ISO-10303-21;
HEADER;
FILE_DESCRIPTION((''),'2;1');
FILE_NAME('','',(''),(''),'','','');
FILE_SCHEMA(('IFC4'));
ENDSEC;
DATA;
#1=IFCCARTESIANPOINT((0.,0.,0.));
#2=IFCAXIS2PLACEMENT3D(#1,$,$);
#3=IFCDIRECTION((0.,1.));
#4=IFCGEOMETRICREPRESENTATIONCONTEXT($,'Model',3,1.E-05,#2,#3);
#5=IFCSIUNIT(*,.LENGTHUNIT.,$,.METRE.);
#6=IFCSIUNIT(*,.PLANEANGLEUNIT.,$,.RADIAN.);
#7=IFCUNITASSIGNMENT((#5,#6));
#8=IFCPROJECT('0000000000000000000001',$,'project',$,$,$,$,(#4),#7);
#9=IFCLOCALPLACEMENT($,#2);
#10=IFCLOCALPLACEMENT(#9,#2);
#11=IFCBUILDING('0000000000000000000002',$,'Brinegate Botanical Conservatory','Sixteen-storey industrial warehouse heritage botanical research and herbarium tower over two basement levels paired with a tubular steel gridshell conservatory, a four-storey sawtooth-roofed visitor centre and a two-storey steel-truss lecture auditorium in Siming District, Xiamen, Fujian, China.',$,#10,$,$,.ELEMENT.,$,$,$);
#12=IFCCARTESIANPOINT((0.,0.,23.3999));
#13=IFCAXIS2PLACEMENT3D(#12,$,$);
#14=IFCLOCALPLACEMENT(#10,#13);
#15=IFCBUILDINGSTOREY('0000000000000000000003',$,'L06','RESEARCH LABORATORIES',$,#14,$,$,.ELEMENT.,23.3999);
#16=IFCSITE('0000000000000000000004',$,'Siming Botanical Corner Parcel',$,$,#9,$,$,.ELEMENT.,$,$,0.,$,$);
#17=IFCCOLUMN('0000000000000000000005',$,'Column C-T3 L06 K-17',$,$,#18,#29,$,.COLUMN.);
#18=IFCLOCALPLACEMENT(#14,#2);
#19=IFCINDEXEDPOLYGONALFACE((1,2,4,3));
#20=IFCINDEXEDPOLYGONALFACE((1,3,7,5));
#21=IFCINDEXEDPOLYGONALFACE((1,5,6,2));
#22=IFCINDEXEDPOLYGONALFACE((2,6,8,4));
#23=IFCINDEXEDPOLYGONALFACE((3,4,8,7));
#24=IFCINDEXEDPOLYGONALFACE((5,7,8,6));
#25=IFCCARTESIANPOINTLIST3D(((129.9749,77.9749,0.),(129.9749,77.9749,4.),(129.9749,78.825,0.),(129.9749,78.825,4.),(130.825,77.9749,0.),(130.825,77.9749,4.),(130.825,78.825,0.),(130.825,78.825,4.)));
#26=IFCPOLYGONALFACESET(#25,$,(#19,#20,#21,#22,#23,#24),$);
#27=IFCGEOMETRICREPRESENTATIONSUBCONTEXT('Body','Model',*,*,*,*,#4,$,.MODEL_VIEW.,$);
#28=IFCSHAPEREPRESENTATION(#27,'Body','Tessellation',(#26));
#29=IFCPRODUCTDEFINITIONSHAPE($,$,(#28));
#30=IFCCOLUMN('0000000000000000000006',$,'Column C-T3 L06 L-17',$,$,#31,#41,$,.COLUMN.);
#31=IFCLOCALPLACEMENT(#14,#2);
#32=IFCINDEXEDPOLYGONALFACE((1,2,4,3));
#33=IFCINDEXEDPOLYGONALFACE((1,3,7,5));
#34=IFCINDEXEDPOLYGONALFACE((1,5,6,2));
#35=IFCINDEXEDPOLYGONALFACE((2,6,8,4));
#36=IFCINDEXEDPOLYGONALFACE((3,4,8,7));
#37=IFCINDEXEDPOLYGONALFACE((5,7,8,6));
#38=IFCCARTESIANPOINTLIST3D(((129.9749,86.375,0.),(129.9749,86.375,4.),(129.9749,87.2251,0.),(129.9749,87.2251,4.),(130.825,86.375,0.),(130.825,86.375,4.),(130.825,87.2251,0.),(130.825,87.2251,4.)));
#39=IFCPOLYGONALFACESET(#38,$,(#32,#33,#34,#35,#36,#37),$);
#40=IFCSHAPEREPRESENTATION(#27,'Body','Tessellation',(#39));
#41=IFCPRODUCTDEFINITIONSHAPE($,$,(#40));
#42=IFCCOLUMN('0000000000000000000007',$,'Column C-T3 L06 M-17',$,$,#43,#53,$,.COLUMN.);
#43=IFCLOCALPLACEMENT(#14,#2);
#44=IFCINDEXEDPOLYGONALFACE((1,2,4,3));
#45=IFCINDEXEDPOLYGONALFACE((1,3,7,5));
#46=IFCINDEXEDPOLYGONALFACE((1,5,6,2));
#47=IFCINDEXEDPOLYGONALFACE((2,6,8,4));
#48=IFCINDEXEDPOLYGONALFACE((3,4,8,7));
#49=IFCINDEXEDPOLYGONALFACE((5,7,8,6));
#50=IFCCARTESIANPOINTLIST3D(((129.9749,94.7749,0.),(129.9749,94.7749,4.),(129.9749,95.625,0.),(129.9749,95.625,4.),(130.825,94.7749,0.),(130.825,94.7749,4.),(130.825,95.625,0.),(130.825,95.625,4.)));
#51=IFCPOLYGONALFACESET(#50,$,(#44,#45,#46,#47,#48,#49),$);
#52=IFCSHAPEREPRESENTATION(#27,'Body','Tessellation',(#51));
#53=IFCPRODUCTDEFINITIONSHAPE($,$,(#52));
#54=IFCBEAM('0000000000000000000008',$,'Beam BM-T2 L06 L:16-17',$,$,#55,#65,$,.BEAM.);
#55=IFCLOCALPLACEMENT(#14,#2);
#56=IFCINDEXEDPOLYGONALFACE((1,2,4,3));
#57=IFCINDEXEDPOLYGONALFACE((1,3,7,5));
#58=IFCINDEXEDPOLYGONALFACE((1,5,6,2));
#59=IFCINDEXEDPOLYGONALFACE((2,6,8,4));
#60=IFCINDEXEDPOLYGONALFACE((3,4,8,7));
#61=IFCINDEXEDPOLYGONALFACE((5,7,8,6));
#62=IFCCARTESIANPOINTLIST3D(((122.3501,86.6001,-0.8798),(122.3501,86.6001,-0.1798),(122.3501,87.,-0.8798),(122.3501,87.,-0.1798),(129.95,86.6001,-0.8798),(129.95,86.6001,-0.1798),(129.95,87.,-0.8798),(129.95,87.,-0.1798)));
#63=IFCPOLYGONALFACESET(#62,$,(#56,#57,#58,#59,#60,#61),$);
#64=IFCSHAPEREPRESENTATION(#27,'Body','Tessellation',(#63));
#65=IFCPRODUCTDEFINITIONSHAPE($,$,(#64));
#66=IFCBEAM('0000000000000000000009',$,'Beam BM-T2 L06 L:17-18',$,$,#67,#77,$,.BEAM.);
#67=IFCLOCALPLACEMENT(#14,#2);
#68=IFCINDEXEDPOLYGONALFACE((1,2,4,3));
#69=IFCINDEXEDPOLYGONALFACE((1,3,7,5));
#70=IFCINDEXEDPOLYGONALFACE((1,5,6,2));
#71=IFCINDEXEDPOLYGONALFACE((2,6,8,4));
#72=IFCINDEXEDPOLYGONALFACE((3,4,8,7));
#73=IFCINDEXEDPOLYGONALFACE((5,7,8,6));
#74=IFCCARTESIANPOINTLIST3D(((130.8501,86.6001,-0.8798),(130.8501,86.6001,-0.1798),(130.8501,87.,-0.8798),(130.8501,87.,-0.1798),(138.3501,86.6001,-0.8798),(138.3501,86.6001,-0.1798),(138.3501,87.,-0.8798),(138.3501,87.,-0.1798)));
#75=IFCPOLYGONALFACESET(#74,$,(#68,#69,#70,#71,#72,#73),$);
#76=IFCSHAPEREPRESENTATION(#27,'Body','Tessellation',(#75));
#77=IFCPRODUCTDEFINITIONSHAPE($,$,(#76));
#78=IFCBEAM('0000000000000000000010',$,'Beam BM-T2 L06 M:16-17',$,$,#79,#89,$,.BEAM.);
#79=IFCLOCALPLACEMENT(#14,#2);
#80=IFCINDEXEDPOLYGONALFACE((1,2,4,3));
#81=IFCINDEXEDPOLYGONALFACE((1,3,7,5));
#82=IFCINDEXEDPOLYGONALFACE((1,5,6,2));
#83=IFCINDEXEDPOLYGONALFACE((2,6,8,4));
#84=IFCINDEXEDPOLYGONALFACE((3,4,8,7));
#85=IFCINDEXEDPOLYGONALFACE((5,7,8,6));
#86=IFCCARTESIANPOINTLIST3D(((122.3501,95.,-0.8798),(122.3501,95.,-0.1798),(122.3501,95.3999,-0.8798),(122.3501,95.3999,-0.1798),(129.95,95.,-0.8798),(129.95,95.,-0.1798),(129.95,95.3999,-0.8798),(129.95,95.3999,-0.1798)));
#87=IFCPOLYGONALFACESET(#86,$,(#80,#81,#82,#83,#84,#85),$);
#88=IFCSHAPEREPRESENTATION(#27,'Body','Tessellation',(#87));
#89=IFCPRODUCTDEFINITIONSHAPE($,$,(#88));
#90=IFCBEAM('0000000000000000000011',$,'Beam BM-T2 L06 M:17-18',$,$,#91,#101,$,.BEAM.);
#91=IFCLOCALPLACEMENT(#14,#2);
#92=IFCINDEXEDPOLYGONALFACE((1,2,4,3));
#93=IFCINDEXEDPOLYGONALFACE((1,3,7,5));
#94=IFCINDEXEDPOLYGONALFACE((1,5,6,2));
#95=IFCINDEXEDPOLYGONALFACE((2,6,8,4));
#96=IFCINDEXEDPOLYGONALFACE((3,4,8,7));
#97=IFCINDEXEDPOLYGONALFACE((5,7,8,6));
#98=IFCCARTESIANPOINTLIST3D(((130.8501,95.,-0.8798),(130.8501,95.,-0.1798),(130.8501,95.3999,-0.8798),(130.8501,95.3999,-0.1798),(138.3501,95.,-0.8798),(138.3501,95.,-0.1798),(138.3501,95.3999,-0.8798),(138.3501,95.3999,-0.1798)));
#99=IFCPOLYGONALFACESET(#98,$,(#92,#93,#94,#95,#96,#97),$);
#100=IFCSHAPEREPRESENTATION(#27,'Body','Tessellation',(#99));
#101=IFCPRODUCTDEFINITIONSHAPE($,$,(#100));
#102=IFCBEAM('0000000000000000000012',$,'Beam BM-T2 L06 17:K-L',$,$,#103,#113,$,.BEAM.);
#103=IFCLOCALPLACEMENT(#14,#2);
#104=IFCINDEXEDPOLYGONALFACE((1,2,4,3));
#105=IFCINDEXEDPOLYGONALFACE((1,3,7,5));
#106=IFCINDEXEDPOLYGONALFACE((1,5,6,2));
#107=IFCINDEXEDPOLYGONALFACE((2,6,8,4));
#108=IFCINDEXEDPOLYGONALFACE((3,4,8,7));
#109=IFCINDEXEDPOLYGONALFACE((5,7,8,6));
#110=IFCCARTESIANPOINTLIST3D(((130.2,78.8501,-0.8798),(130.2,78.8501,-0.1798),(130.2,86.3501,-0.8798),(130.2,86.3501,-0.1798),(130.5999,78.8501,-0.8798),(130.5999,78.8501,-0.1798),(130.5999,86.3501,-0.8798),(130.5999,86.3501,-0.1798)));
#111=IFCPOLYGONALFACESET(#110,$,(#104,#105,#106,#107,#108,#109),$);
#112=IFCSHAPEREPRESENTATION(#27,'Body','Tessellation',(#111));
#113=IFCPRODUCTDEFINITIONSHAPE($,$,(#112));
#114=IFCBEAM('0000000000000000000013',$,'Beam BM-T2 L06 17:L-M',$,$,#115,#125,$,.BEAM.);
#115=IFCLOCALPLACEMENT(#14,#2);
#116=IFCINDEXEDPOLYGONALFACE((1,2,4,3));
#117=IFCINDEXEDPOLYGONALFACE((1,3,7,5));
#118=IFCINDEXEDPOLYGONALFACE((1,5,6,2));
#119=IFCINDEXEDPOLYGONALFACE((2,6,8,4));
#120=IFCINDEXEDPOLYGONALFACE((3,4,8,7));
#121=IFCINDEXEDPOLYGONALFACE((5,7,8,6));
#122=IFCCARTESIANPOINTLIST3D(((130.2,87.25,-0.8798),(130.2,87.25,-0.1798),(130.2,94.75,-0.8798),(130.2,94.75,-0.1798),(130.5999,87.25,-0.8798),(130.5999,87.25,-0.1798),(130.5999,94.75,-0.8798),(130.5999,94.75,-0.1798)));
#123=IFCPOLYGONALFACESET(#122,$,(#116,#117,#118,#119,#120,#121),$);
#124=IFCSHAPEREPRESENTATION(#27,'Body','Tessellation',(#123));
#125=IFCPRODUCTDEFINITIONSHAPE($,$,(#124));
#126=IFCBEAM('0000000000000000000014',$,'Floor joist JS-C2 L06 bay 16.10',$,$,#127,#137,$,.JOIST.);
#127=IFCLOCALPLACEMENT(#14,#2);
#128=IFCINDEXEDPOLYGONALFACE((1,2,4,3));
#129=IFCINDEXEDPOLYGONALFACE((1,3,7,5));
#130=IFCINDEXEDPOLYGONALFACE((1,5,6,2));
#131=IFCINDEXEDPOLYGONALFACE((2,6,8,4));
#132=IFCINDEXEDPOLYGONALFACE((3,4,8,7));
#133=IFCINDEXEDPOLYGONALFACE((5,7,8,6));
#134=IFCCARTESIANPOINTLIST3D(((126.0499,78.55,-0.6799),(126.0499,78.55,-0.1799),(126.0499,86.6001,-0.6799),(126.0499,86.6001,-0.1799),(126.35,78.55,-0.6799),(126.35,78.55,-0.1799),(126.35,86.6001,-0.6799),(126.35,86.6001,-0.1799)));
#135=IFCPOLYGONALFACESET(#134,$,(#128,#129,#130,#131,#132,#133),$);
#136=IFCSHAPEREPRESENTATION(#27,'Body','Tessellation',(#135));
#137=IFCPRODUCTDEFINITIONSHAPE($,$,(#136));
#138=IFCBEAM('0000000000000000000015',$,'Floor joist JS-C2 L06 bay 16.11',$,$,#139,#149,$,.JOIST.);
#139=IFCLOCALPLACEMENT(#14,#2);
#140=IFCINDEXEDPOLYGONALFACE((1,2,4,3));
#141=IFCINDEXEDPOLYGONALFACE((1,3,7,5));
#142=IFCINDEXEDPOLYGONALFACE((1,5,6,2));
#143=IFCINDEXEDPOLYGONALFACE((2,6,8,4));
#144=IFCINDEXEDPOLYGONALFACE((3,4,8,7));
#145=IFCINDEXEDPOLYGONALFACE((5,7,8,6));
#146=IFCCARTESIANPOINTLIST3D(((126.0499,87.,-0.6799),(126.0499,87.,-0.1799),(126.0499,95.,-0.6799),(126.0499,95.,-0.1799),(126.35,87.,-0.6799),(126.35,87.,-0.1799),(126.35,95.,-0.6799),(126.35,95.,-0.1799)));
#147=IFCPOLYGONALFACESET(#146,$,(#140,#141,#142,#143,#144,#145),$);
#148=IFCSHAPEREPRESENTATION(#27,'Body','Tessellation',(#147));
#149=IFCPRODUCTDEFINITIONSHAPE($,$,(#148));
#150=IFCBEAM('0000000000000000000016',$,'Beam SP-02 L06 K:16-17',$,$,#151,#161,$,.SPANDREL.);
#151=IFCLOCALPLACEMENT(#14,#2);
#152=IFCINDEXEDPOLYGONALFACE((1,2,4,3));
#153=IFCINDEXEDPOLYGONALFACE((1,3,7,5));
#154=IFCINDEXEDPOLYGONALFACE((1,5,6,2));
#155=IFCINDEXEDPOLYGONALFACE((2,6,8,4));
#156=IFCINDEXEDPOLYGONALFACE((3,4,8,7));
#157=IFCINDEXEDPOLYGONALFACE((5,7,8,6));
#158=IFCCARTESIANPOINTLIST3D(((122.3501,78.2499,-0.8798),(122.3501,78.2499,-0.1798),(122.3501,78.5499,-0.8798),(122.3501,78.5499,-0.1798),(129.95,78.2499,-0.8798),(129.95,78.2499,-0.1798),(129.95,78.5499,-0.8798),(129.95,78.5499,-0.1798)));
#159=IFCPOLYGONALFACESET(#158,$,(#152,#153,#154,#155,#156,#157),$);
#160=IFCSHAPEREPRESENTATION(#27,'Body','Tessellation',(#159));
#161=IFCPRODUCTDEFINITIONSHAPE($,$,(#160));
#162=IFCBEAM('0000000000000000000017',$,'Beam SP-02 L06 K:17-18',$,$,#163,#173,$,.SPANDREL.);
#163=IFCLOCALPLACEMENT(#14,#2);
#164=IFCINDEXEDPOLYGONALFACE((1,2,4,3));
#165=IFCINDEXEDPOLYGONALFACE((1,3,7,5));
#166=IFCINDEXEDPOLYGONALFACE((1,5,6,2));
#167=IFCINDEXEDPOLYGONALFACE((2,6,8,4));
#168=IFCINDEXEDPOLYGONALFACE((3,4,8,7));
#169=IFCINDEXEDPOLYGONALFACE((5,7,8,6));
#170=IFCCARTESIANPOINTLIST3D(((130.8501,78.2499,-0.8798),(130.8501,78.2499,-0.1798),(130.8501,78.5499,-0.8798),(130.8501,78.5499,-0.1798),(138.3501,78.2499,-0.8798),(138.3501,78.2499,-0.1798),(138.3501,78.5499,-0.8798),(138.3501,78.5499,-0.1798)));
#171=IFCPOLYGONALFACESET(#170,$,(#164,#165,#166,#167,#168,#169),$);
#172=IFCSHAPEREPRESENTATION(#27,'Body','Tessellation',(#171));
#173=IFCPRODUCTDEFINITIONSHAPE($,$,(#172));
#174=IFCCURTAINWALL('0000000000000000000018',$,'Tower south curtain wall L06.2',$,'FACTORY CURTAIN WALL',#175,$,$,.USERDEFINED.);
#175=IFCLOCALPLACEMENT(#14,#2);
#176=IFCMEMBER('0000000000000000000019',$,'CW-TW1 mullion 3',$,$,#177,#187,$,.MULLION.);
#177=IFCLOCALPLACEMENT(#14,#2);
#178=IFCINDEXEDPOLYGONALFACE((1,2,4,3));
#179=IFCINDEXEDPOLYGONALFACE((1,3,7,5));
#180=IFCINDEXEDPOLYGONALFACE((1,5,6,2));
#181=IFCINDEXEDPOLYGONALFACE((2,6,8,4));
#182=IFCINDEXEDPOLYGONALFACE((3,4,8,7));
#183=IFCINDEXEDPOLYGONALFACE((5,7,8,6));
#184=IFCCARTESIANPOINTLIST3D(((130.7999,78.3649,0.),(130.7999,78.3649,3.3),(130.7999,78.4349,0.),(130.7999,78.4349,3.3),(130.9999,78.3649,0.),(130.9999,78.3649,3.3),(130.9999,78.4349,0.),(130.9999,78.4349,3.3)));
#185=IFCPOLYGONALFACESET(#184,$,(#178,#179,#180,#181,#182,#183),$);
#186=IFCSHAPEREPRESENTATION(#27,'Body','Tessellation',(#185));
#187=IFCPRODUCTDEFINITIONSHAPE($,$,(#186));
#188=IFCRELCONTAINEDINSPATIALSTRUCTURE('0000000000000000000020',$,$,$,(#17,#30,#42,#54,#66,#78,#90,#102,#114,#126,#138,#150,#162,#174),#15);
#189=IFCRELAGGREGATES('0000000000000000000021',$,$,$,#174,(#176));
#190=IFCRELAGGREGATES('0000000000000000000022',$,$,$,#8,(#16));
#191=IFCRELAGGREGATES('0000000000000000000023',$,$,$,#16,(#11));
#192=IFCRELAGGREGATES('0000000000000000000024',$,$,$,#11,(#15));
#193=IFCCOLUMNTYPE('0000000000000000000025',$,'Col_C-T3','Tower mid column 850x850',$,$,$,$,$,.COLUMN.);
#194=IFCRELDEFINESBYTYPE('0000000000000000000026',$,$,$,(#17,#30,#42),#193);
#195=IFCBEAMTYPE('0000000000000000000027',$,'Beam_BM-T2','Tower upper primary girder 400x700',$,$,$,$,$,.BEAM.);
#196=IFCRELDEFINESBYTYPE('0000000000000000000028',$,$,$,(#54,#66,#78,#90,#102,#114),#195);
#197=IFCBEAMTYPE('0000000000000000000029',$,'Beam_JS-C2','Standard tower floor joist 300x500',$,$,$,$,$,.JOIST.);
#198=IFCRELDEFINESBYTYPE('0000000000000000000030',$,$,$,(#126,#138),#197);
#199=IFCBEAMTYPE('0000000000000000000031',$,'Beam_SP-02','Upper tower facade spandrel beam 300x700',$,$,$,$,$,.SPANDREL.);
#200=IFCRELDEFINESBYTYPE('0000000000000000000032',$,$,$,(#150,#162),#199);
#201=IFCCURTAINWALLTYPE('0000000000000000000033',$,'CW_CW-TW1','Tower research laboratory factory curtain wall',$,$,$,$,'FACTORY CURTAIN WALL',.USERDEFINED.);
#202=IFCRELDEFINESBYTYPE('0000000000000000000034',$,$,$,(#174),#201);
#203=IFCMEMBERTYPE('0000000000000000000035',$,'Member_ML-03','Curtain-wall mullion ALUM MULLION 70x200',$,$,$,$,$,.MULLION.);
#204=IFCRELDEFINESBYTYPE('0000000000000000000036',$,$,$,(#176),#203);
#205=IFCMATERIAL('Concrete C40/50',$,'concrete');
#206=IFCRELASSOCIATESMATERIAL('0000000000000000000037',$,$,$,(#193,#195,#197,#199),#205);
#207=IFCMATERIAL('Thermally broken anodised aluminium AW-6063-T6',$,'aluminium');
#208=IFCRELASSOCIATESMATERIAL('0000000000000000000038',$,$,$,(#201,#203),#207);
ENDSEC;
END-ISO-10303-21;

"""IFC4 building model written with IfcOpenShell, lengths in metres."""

from ifc_helpers import new_model, si_unit, direction, frame, origin, origin_2d, place, context, subcontext, project, spatial, rectangle, extrude, material, material_profile, profile_set, type_object, element, aggregate, save


model = new_model("IFC4")

# Units and contexts
model_context = context("Model", 3, precision=1e-05, world=origin(), true_north=direction((0.0, 1.0)))
body_context = subcontext(model_context, "Body", "Model", "MODEL_VIEW")
ifc_project = project(units=[si_unit("LENGTHUNIT", "METRE"), si_unit("PLANEANGLEUNIT", "RADIAN")], contexts=[model_context])

# Site, building, storey
site_placement = place(None, origin())
site = spatial("IfcSite", under=ifc_project, at=site_placement, Name="Siming Botanical Corner Parcel", CompositionType="ELEMENT", RefElevation=0.0)
building_placement = place(site_placement, origin())
building = spatial("IfcBuilding", under=site, at=building_placement, Name="Brinegate Botanical Conservatory", Description="Sixteen-storey industrial warehouse heritage botanical research and herbarium tower over two basement levels paired with a tubular steel gridshell conservatory, a four-storey sawtooth-roofed visitor centre and a two-storey steel-truss lecture auditorium in Siming District, Xiamen, Fujian, China.", CompositionType="ELEMENT")
storey_placement = place(building_placement, frame((0.0, 0.0, 23.3999)))
storey = spatial("IfcBuildingStorey", under=building, at=storey_placement, Name="L06", Description="RESEARCH LABORATORIES", CompositionType="ELEMENT", Elevation=23.3999)

# Columns
ifc_material_1 = material(Name="Concrete C40/50", Category="concrete")
ifc_material_profile_1 = material_profile(ifc_material_1, rectangle(XDim=0.8501, YDim=0.8501, at=origin_2d()), Name="RC COL 850x850")
ifc_profile_set_1 = profile_set([ifc_material_profile_1], Name="Concrete C40/50")
column_type = type_object("IfcColumnType", Name="Col_C-T3", Description="Tower mid column 850x850", PredefinedType="COLUMN", material=ifc_profile_set_1)
for number, where, z_axis, x_axis, name in (
    (1, (130.3999, 78.3999, 0.0), (0.0, 0.0, 1.0), (1.0, 0.0, 0.0), "Column C-T3 L06 K-17"),
    (2, (130.3999, 86.8, 0.0), (0.0, 0.0, 1.0), (1.0, 0.0, 0.0), "Column C-T3 L06 L-17"),
    (3, (130.3999, 95.2, 0.0), (0.0, 0.0, 1.0), (1.0, 0.0, 0.0), "Column C-T3 L06 M-17"),
):
    element("IfcColumn", number, at=place(storey_placement, frame(where, z_axis=z_axis, x_axis=x_axis)), inside=storey, type_object=column_type, Name=name, PredefinedType="COLUMN", context=body_context, shape_type="SweptSolid", body=[
        extrude(rectangle(XDim=0.8501, YDim=0.8501, at=origin_2d()), origin(), (0.0, 0.0, 1.0), 4.0),
    ])

# Beams
ifc_material_profile_2 = material_profile(ifc_material_1, rectangle(XDim=0.3999, YDim=0.7, at=origin_2d()), Name="RC BM 400x700")
ifc_profile_set_2 = profile_set([ifc_material_profile_2], Name="Concrete C40/50")
beam_type_1 = type_object("IfcBeamType", Name="Beam_BM-T2", Description="Tower upper primary girder 400x700", PredefinedType="BEAM", material=ifc_profile_set_2)
beam_1_placement = place(storey_placement, frame((122.3501, 86.8, -0.5298), z_axis=(1.0, 0.0, 0.0), x_axis=(0.0, 1.0, 0.0)))
element("IfcBeam", 4, at=beam_1_placement, inside=storey, type_object=beam_type_1, Name="Beam BM-T2 L06 L:16-17", PredefinedType="BEAM", context=body_context, shape_type="SweptSolid", body=[
    extrude(rectangle(XDim=0.3999, YDim=0.7, at=origin_2d()), origin(), (0.0, 0.0, 1.0), 7.5999),
])
beam_2_placement = place(storey_placement, frame((130.8501, 86.8, -0.5298), z_axis=(1.0, 0.0, 0.0), x_axis=(0.0, 1.0, 0.0)))
element("IfcBeam", 5, at=beam_2_placement, inside=storey, type_object=beam_type_1, Name="Beam BM-T2 L06 L:17-18", PredefinedType="BEAM", context=body_context, shape_type="SweptSolid", body=[
    extrude(rectangle(XDim=0.3999, YDim=0.7, at=origin_2d()), origin(), (0.0, 0.0, 1.0), 7.5),
])
beam_3_placement = place(storey_placement, frame((122.3501, 95.2, -0.5298), z_axis=(1.0, 0.0, 0.0), x_axis=(0.0, 1.0, 0.0)))
element("IfcBeam", 6, at=beam_3_placement, inside=storey, type_object=beam_type_1, Name="Beam BM-T2 L06 M:16-17", PredefinedType="BEAM", context=body_context, shape_type="SweptSolid", body=[
    extrude(rectangle(XDim=0.3999, YDim=0.7, at=origin_2d()), origin(), (0.0, 0.0, 1.0), 7.5999),
])
for number, where, z_axis, x_axis, name in (
    (7, (130.8501, 95.2, -0.5298), (1.0, 0.0, 0.0), (0.0, 1.0, 0.0), "Beam BM-T2 L06 M:17-18"),
    (8, (130.3999, 78.8501, -0.5298), (0.0, 1.0, 0.0), (-1.0, 0.0, 0.0), "Beam BM-T2 L06 17:K-L"),
    (9, (130.3999, 87.25, -0.5298), (0.0, 1.0, 0.0), (-1.0, 0.0, 0.0), "Beam BM-T2 L06 17:L-M"),
):
    element("IfcBeam", number, at=place(storey_placement, frame(where, z_axis=z_axis, x_axis=x_axis)), inside=storey, type_object=beam_type_1, Name=name, PredefinedType="BEAM", context=body_context, shape_type="SweptSolid", body=[
        extrude(rectangle(XDim=0.3999, YDim=0.7, at=origin_2d()), origin(), (0.0, 0.0, 1.0), 7.5),
    ])
ifc_material_profile_3 = material_profile(ifc_material_1, rectangle(XDim=0.3, YDim=0.5, at=origin_2d()), Name="RC JST 300x500")
ifc_profile_set_3 = profile_set([ifc_material_profile_3], Name="Concrete C40/50")
beam_type_2 = type_object("IfcBeamType", Name="Beam_JS-C2", Description="Standard tower floor joist 300x500", PredefinedType="JOIST", material=ifc_profile_set_3)
beam_4_placement = place(storey_placement, frame((126.2, 78.55, -0.4299), z_axis=(0.0, 1.0, 0.0), x_axis=(-1.0, 0.0, 0.0)))
element("IfcBeam", 10, at=beam_4_placement, inside=storey, type_object=beam_type_2, Name="Floor joist JS-C2 L06 bay 16.10", PredefinedType="JOIST", context=body_context, shape_type="SweptSolid", body=[
    extrude(rectangle(XDim=0.3, YDim=0.5, at=origin_2d()), origin(), (0.0, 0.0, 1.0), 8.05),
])
beam_5_placement = place(storey_placement, frame((126.2, 87.0, -0.4299), z_axis=(0.0, 1.0, 0.0), x_axis=(-1.0, 0.0, 0.0)))
element("IfcBeam", 11, at=beam_5_placement, inside=storey, type_object=beam_type_2, Name="Floor joist JS-C2 L06 bay 16.11", PredefinedType="JOIST", context=body_context, shape_type="SweptSolid", body=[
    extrude(rectangle(XDim=0.3, YDim=0.5, at=origin_2d()), origin(), (0.0, 0.0, 1.0), 8.0),
])
ifc_material_profile_4 = material_profile(ifc_material_1, rectangle(XDim=0.3, YDim=0.7, at=origin_2d()), Name="RC SPN 300x700")
ifc_profile_set_4 = profile_set([ifc_material_profile_4], Name="Concrete C40/50")
beam_type_3 = type_object("IfcBeamType", Name="Beam_SP-02", Description="Upper tower facade spandrel beam 300x700", PredefinedType="SPANDREL", material=ifc_profile_set_4)
beam_6_placement = place(storey_placement, frame((122.3501, 78.3999, -0.5298), z_axis=(1.0, 0.0, 0.0), x_axis=(0.0, 1.0, 0.0)))
element("IfcBeam", 12, at=beam_6_placement, inside=storey, type_object=beam_type_3, Name="Beam SP-02 L06 K:16-17", PredefinedType="SPANDREL", context=body_context, shape_type="SweptSolid", body=[
    extrude(rectangle(XDim=0.3, YDim=0.7, at=origin_2d()), origin(), (0.0, 0.0, 1.0), 7.5999),
])
beam_7_placement = place(storey_placement, frame((130.8501, 78.3999, -0.5298), z_axis=(1.0, 0.0, 0.0), x_axis=(0.0, 1.0, 0.0)))
element("IfcBeam", 13, at=beam_7_placement, inside=storey, type_object=beam_type_3, Name="Beam SP-02 L06 K:17-18", PredefinedType="SPANDREL", context=body_context, shape_type="SweptSolid", body=[
    extrude(rectangle(XDim=0.3, YDim=0.7, at=origin_2d()), origin(), (0.0, 0.0, 1.0), 7.5),
])

# Curtain wall, member
ifc_material_2 = material(Name="Thermally broken anodised aluminium AW-6063-T6", Category="aluminium")
curtain_wall_type = type_object("IfcCurtainWallType", Name="CW_CW-TW1", Description="Tower research laboratory factory curtain wall", ElementType="FACTORY CURTAIN WALL", PredefinedType="USERDEFINED", material=ifc_material_2)
curtain_wall_placement = place(storey_placement, origin())
curtain_wall = element("IfcCurtainWall", 14, at=curtain_wall_placement, inside=storey, type_object=curtain_wall_type, Name="Tower south curtain wall L06.2", ObjectType="FACTORY CURTAIN WALL", PredefinedType="USERDEFINED")
ifc_material_profile_5 = material_profile(ifc_material_2, rectangle(XDim=0.0701, YDim=0.2, at=origin_2d()), Name="ALUM MULLION 70x200")
ifc_profile_set_5 = profile_set([ifc_material_profile_5], Name="Thermally broken anodised aluminium AW-6063-T6")
member_type = type_object("IfcMemberType", Name="Member_ML-03", Description="Curtain-wall mullion ALUM MULLION 70x200", PredefinedType="MULLION", material=ifc_profile_set_5)
member_placement = place(storey_placement, frame((130.8999, 78.3999, 0.0), z_axis=(0.0, 0.0, 1.0), x_axis=(0.0, -1.0, 0.0)))
member = element("IfcMember", 15, at=member_placement, type_object=member_type, Name="CW-TW1 mullion 3", PredefinedType="MULLION", context=body_context, shape_type="SweptSolid", body=[
    extrude(rectangle(XDim=0.0701, YDim=0.2, at=origin_2d()), origin(), (0.0, 0.0, 1.0), 3.3),
])
aggregate(curtain_wall, [member])

save(model, "model.ifc")
